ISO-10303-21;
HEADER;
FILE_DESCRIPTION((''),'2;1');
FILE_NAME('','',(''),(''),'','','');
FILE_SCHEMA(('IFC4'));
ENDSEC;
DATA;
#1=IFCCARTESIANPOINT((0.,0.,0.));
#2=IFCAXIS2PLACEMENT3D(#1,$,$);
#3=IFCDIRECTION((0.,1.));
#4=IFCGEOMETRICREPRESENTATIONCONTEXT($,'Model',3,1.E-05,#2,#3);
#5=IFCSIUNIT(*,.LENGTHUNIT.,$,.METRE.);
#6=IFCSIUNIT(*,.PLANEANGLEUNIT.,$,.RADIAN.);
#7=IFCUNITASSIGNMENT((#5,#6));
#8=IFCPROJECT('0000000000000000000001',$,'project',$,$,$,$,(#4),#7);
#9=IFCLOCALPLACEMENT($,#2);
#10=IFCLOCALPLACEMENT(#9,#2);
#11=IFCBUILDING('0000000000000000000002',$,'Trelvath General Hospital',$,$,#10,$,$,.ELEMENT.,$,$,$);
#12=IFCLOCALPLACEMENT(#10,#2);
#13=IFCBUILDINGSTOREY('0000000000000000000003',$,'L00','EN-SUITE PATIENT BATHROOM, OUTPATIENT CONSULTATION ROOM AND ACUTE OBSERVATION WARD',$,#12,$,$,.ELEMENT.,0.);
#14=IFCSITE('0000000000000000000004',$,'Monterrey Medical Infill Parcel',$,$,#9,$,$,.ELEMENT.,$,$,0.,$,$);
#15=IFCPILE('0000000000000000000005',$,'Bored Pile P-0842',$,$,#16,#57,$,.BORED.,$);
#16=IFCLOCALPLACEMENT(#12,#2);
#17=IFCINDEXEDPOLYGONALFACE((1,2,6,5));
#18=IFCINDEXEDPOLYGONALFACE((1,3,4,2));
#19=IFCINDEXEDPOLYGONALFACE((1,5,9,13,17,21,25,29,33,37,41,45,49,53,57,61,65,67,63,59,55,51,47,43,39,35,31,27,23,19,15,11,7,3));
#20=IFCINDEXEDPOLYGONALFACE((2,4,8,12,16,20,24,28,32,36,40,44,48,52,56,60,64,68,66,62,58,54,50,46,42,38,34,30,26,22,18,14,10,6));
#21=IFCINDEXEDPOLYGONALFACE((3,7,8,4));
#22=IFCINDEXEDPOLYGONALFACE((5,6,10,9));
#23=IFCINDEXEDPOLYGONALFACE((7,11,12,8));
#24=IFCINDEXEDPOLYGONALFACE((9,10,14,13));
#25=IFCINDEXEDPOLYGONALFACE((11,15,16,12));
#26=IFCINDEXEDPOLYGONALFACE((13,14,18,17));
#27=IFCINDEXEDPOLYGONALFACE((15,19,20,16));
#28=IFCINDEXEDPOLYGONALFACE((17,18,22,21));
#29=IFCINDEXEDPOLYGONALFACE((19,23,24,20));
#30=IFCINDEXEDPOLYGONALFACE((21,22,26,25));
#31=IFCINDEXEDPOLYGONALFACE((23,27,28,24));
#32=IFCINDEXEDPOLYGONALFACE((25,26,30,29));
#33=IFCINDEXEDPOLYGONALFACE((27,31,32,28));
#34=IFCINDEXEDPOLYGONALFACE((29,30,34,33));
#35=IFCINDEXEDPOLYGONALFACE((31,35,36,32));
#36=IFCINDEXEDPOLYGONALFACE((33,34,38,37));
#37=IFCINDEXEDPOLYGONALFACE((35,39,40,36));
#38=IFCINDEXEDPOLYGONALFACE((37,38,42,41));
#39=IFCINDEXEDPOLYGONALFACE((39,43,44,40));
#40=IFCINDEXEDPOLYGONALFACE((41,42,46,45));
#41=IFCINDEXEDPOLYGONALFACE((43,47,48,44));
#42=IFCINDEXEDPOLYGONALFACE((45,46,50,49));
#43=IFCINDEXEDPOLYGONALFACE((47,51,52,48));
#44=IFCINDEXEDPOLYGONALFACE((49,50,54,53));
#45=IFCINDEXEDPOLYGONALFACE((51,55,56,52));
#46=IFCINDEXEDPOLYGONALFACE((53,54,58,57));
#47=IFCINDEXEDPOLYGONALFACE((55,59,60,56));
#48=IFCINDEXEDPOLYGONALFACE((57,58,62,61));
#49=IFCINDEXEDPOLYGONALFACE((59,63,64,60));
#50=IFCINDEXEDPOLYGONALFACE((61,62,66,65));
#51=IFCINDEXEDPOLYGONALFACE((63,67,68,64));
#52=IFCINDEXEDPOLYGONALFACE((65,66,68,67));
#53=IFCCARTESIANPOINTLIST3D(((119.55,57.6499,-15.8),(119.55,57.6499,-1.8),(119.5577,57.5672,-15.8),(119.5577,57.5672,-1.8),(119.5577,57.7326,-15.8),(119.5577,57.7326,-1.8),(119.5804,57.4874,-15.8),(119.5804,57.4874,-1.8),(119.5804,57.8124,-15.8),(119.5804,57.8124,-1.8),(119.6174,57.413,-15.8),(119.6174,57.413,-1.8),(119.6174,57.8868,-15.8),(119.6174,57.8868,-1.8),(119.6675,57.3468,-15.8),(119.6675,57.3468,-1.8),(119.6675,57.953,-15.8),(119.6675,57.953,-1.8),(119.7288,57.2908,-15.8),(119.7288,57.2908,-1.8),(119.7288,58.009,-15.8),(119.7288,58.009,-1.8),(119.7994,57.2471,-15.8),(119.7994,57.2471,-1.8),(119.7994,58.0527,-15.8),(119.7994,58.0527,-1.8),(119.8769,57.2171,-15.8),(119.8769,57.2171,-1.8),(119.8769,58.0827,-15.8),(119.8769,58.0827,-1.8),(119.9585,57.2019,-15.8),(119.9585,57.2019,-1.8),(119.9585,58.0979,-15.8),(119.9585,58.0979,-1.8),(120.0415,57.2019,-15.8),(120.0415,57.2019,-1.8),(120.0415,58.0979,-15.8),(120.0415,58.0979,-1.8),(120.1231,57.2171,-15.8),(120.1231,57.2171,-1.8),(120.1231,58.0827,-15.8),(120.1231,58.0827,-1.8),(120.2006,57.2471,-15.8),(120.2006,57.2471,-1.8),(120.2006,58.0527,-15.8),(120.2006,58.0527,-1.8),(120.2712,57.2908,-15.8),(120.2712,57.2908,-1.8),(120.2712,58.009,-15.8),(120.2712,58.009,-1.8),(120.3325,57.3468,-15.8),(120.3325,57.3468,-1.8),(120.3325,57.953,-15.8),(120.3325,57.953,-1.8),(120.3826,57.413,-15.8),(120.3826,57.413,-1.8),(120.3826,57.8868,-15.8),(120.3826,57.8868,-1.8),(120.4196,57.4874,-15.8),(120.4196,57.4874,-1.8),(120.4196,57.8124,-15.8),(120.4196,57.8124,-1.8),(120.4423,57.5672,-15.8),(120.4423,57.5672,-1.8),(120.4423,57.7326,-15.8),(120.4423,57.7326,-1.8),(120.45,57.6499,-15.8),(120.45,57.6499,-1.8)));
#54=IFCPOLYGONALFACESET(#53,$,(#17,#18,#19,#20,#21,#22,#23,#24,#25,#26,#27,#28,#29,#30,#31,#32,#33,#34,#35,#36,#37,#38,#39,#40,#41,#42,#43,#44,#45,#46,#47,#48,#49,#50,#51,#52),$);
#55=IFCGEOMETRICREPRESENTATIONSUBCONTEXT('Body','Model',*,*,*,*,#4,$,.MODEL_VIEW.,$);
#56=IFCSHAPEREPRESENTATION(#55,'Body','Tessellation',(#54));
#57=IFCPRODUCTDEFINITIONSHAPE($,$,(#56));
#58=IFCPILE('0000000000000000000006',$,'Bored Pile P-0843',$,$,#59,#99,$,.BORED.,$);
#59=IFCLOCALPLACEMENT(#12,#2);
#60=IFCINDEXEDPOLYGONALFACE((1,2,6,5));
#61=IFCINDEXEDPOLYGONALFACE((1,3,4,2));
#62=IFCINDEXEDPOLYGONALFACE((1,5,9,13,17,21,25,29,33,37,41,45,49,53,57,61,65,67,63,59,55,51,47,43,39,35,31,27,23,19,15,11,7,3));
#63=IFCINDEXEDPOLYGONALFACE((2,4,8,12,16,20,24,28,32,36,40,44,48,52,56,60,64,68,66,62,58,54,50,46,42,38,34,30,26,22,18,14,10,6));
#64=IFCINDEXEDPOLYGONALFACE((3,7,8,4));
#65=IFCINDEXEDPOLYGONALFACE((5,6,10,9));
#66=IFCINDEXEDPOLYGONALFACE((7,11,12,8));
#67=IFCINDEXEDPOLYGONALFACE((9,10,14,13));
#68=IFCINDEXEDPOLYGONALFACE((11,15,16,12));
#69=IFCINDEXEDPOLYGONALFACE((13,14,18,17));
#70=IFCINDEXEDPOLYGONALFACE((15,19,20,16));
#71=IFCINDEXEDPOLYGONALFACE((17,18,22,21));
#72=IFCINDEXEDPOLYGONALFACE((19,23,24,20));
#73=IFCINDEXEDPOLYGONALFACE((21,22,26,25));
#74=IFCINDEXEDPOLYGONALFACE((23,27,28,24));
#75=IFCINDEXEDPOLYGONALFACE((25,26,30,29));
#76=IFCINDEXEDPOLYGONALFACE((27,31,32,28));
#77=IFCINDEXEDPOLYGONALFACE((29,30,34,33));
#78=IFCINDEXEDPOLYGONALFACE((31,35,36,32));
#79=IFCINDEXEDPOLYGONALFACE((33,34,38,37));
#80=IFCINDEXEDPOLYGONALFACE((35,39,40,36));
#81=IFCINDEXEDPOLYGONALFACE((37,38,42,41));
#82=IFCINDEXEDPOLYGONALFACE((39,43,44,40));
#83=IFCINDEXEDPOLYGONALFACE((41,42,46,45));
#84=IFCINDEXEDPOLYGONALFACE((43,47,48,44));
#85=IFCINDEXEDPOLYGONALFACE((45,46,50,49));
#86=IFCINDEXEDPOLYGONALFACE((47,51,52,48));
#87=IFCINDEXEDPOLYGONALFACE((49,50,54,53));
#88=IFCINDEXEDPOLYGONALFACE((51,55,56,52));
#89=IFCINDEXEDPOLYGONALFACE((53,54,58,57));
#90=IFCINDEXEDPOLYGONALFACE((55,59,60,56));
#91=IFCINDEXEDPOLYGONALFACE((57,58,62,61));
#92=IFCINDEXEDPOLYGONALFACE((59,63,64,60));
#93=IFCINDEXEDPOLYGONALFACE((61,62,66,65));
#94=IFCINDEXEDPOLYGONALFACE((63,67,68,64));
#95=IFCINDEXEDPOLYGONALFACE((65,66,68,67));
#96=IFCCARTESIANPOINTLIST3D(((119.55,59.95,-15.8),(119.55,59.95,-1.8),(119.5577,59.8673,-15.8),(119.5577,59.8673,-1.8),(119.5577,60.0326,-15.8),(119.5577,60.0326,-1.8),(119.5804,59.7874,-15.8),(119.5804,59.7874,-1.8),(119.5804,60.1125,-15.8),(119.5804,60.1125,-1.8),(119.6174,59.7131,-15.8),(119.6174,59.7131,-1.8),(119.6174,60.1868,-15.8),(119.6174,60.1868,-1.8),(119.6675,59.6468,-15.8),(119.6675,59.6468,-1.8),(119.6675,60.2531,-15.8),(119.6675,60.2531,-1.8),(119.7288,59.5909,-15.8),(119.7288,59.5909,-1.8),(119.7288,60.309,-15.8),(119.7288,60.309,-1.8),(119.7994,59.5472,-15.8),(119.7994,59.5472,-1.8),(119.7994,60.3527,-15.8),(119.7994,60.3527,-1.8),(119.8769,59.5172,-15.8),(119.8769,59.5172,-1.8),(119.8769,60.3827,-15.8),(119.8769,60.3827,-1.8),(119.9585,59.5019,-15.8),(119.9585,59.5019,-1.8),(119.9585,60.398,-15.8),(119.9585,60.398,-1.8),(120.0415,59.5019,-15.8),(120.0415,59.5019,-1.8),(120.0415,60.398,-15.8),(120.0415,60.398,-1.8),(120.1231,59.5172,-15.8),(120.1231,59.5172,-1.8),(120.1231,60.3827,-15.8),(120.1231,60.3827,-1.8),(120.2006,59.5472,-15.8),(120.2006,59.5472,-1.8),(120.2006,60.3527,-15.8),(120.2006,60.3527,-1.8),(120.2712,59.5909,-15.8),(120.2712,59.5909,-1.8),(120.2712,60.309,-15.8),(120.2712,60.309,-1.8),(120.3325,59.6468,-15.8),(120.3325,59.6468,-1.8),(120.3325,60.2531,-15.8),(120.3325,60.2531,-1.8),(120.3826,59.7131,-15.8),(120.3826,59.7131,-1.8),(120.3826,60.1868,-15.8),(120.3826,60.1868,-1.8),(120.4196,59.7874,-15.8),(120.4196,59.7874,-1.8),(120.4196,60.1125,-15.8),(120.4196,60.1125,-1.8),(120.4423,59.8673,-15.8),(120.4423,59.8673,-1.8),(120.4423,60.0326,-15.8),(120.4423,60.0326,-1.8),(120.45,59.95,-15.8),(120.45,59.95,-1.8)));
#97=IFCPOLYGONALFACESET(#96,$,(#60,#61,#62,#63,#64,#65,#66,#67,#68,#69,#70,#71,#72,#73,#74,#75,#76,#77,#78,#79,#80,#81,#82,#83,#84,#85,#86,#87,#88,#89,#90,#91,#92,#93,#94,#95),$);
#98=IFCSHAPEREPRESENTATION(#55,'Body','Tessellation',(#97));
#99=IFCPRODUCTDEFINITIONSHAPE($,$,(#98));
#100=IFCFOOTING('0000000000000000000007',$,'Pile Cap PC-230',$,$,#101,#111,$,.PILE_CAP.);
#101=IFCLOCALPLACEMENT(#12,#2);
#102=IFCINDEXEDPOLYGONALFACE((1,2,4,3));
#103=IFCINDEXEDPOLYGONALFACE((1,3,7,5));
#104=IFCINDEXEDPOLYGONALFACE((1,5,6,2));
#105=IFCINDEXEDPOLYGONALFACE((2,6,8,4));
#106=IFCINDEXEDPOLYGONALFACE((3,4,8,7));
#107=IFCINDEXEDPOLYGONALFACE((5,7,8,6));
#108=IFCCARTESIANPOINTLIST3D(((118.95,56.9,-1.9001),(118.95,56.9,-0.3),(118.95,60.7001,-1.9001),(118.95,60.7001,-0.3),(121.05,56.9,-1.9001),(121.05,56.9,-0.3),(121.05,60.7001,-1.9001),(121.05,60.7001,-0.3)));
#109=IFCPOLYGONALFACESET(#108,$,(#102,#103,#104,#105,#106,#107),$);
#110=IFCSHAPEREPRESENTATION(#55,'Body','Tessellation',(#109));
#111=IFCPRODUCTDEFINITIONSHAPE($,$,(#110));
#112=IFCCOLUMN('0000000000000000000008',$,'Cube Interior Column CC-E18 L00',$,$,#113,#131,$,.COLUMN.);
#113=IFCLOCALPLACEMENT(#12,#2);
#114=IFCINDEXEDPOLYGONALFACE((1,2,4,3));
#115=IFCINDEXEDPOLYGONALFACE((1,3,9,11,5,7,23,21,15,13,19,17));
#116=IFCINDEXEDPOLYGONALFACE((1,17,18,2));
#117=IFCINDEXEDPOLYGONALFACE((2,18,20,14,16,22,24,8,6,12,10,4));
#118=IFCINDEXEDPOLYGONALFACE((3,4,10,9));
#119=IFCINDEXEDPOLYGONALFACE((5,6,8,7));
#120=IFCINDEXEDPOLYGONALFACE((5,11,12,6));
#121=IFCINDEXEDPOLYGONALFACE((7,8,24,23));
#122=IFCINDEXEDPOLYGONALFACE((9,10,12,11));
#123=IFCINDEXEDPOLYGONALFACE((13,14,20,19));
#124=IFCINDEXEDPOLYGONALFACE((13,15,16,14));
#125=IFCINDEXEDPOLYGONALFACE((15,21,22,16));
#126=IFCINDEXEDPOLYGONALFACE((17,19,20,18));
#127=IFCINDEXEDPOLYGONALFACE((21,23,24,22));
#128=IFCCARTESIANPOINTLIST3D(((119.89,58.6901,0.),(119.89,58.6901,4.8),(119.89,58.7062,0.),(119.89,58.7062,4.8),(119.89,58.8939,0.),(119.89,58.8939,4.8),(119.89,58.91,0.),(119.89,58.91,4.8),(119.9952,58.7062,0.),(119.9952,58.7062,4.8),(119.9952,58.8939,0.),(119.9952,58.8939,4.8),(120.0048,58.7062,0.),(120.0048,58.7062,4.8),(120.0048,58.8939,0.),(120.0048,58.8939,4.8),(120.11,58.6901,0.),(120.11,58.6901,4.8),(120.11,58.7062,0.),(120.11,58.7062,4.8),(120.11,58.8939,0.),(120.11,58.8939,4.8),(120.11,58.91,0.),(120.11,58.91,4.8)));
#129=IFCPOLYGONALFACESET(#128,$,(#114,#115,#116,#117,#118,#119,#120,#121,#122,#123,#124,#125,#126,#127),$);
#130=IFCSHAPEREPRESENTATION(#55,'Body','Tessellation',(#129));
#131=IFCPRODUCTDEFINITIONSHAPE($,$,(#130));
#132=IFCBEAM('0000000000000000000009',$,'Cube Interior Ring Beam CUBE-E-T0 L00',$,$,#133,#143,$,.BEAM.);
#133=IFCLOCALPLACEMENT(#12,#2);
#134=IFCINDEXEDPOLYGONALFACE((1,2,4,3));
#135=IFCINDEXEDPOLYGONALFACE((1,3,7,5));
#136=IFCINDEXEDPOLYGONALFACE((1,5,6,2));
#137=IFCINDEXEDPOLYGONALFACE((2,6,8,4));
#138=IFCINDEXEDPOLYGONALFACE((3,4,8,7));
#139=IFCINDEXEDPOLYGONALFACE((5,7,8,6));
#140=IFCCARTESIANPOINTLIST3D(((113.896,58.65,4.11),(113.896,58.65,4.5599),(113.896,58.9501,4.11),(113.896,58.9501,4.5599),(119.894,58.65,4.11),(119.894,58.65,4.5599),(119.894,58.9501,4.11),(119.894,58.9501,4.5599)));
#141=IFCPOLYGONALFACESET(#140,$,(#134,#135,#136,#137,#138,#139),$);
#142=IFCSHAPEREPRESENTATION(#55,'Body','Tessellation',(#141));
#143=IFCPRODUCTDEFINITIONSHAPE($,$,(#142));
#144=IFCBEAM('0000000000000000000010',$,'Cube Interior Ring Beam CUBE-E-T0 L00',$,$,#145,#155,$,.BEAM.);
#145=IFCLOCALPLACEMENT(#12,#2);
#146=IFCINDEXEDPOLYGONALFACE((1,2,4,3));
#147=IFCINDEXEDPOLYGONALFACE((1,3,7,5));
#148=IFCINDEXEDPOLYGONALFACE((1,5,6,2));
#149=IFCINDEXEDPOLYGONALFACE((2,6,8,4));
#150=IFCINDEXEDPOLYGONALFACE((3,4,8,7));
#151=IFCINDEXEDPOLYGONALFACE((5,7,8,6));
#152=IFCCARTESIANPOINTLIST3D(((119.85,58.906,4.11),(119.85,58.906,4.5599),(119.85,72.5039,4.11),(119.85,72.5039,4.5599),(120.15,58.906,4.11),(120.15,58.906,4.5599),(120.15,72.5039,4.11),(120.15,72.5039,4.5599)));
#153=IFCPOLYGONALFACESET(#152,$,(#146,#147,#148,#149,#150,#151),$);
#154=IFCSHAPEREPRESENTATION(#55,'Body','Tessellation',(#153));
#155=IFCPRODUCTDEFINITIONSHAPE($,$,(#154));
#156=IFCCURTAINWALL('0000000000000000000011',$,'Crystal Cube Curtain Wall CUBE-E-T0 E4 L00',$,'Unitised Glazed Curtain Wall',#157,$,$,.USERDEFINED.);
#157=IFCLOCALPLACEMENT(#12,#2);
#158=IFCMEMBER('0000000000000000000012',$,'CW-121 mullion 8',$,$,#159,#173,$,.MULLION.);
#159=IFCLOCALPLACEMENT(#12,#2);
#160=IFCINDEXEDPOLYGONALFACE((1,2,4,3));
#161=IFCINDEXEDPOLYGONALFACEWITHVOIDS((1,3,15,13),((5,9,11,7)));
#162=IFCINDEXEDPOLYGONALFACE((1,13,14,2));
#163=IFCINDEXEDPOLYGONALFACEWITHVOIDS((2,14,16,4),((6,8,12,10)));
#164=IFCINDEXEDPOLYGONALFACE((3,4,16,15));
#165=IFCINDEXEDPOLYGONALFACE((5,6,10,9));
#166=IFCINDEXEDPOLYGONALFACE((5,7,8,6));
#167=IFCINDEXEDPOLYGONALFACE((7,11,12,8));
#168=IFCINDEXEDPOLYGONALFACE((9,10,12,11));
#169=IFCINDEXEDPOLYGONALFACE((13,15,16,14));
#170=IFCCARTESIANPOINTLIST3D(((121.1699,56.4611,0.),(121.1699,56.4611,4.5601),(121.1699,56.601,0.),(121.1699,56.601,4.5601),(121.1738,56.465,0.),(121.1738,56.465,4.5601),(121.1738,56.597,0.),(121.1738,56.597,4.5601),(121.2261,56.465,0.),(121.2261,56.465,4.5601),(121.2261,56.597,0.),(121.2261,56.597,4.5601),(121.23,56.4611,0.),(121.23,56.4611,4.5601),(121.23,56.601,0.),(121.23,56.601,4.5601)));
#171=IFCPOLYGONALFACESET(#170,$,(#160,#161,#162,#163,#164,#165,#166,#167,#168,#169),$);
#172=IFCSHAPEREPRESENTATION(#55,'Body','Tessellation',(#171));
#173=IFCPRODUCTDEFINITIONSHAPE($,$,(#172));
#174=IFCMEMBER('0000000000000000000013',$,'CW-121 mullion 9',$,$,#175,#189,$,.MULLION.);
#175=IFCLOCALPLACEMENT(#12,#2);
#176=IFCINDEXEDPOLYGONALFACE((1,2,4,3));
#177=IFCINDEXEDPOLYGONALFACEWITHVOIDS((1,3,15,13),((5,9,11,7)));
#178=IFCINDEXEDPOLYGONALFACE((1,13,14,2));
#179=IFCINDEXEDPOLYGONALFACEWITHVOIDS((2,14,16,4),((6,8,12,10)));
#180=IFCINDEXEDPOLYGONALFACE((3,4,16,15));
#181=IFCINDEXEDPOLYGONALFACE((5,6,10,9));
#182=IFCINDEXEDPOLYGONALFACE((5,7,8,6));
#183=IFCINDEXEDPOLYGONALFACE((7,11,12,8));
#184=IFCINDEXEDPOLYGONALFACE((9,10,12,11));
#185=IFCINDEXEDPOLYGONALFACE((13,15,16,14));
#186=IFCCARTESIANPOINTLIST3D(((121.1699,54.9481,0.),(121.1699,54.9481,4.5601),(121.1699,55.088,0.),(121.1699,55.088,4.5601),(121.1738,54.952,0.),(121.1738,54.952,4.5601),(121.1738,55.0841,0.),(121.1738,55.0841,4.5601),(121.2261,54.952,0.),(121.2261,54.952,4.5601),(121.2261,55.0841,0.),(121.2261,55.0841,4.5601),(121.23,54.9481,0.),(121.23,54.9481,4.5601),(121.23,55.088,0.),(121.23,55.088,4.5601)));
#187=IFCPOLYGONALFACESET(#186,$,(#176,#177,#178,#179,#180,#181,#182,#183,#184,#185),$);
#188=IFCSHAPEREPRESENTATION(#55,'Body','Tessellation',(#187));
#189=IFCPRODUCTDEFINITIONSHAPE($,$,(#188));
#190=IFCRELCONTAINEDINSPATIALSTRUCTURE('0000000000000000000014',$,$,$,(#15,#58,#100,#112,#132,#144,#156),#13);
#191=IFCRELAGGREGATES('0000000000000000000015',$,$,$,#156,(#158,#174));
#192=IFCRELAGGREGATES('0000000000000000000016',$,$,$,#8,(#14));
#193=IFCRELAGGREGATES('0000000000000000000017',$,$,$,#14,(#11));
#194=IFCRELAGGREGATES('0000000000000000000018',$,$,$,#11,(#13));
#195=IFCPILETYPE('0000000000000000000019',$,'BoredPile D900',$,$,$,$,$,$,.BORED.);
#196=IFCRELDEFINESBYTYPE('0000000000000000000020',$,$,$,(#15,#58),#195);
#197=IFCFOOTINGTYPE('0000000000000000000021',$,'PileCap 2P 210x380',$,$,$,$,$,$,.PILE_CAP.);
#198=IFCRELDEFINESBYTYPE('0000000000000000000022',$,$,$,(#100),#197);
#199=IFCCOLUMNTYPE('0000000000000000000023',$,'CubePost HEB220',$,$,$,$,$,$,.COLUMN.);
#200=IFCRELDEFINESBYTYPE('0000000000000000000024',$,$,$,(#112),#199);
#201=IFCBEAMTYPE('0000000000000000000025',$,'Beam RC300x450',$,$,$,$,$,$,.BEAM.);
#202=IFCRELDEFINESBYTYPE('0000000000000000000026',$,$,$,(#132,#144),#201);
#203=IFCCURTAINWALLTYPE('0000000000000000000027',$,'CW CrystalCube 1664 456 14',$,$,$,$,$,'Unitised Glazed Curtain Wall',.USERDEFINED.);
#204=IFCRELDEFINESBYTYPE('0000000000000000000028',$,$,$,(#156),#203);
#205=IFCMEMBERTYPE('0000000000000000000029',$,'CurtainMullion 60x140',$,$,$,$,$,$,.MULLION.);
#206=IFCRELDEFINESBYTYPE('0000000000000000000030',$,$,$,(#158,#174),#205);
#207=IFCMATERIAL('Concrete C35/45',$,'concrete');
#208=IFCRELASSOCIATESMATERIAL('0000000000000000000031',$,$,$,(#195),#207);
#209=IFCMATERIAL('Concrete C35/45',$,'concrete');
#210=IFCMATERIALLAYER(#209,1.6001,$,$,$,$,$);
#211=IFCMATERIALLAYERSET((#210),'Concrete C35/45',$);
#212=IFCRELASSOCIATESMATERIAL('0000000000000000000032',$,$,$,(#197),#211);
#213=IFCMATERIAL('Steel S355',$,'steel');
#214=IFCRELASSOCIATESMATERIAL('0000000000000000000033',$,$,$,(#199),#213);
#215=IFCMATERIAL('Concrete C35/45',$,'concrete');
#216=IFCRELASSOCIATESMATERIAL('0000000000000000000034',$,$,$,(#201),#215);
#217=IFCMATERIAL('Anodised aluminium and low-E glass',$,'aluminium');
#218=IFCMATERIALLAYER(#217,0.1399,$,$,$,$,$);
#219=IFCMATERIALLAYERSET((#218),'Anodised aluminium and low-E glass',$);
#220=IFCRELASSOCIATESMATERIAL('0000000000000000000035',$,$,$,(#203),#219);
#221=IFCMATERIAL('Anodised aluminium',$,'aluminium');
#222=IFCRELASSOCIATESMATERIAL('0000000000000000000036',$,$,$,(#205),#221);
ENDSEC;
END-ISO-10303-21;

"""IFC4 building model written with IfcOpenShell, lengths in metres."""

from ifc_helpers import new_model, si_unit, direction, frame, origin, origin_2d, place, context, subcontext, project, spatial, rectangle, hollow_rectangle, circle, i_section, extrude, material, layer, layer_set, material_profile, profile_set, type_object, element, aggregate, save


model = new_model("IFC4")

# Units and contexts
model_context = context("Model", 3, precision=1e-05, world=origin(), true_north=direction((0.0, 1.0)))
body_context = subcontext(model_context, "Body", "Model", "MODEL_VIEW")
ifc_project = project(units=[si_unit("LENGTHUNIT", "METRE"), si_unit("PLANEANGLEUNIT", "RADIAN")], contexts=[model_context])

# Site, building, storey
site_placement = place(None, origin())
site = spatial("IfcSite", under=ifc_project, at=site_placement, Name="Monterrey Medical Infill Parcel", CompositionType="ELEMENT", RefElevation=0.0)
building_placement = place(site_placement, origin())
building = spatial("IfcBuilding", under=site, at=building_placement, Name="Trelvath General Hospital", CompositionType="ELEMENT")
storey_placement = place(building_placement, origin())
storey = spatial("IfcBuildingStorey", under=building, at=storey_placement, Name="L00", Description="EN-SUITE PATIENT BATHROOM, OUTPATIENT CONSULTATION ROOM AND ACUTE OBSERVATION WARD", CompositionType="ELEMENT", Elevation=0.0)

# Piles
ifc_material_1 = material(Name="Concrete C35/45", Category="concrete")
ifc_material_profile_1 = material_profile(ifc_material_1, circle(Radius=0.45, at=origin_2d()), Name="PILE900")
ifc_profile_set_1 = profile_set([ifc_material_profile_1], Name="Concrete C35/45")
pile_type = type_object("IfcPileType", Name="BoredPile D900", PredefinedType="BORED", material=ifc_profile_set_1)
for number, where, z_axis, x_axis, name in (
    (1, (120.0, 57.6499, -1.8), (0.0, 0.0, -1.0), (1.0, 0.0, 0.0), "Bored Pile P-0842"),
    (2, (120.0, 59.95, -1.8), (0.0, 0.0, -1.0), (1.0, 0.0, 0.0), "Bored Pile P-0843"),
):
    element("IfcPile", number, at=place(storey_placement, frame(where, z_axis=z_axis, x_axis=x_axis)), inside=storey, type_object=pile_type, Name=name, PredefinedType="BORED", context=body_context, shape_type="SweptSolid", body=[
        extrude(circle(Radius=0.45, at=origin_2d()), origin(), (0.0, 0.0, 1.0), 14.0),
    ])

# Footing
ifc_material_2 = material(Name="Concrete C35/45", Category="concrete")
ifc_layer_1 = layer(ifc_material_2, 1.6001)
ifc_layer_set_1 = layer_set([ifc_layer_1], Name="Concrete C35/45")
footing_type = type_object("IfcFootingType", Name="PileCap 2P 210x380", PredefinedType="PILE_CAP", material=ifc_layer_set_1)
footing_placement = place(storey_placement, frame((120.0, 58.8, -1.9001), z_axis=(0.0, 0.0, 1.0), x_axis=(1.0, 0.0, 0.0)))
element("IfcFooting", 3, at=footing_placement, inside=storey, type_object=footing_type, Name="Pile Cap PC-230", PredefinedType="PILE_CAP", context=body_context, shape_type="SweptSolid", body=[
    extrude(rectangle(XDim=2.1001, YDim=3.8, at=origin_2d()), origin(), (0.0, 0.0, 1.0), 1.6001),
])

# Column
ifc_material_3 = material(Name="Steel S355", Category="steel")
ifc_material_profile_2 = material_profile(ifc_material_3, i_section(OverallWidth=0.22, OverallDepth=0.22, WebThickness=0.0095, FlangeThickness=0.0161, at=origin_2d()), Name="HEB220")
ifc_profile_set_2 = profile_set([ifc_material_profile_2], Name="Steel S355")
column_type = type_object("IfcColumnType", Name="CubePost HEB220", PredefinedType="COLUMN", material=ifc_profile_set_2)
column_placement = place(storey_placement, frame((120.0, 58.8, 0.0), z_axis=(0.0, 0.0, 1.0), x_axis=(1.0, 0.0, 0.0)))
element("IfcColumn", 4, at=column_placement, inside=storey, type_object=column_type, Name="Cube Interior Column CC-E18 L00", PredefinedType="COLUMN", context=body_context, shape_type="SweptSolid", body=[
    extrude(i_section(OverallWidth=0.22, OverallDepth=0.22, WebThickness=0.0095, FlangeThickness=0.0161, at=origin_2d()), origin(), (0.0, 0.0, 1.0), 4.8),
])

# Beams
ifc_material_4 = material(Name="Concrete C35/45", Category="concrete")
ifc_material_profile_3 = material_profile(ifc_material_4, rectangle(XDim=0.3, YDim=0.45, at=origin_2d()), Name="RCB300x450")
ifc_profile_set_3 = profile_set([ifc_material_profile_3], Name="Concrete C35/45")
beam_type = type_object("IfcBeamType", Name="Beam RC300x450", PredefinedType="BEAM", material=ifc_profile_set_3)
beam_1_placement = place(storey_placement, frame((113.896, 58.8, 4.335), z_axis=(1.0, 0.0, 0.0), x_axis=(0.0, 1.0, 0.0)))
element("IfcBeam", 5, at=beam_1_placement, inside=storey, type_object=beam_type, Name="Cube Interior Ring Beam CUBE-E-T0 L00", PredefinedType="BEAM", context=body_context, shape_type="SweptSolid", body=[
    extrude(rectangle(XDim=0.3, YDim=0.45, at=origin_2d()), origin(), (0.0, 0.0, 1.0), 5.998),
])
beam_2_placement = place(storey_placement, frame((120.0, 58.906, 4.335), z_axis=(0.0, 1.0, 0.0), x_axis=(-1.0, 0.0, 0.0)))
element("IfcBeam", 6, at=beam_2_placement, inside=storey, type_object=beam_type, Name="Cube Interior Ring Beam CUBE-E-T0 L00", PredefinedType="BEAM", context=body_context, shape_type="SweptSolid", body=[
    extrude(rectangle(XDim=0.3, YDim=0.45, at=origin_2d()), origin(), (0.0, 0.0, 1.0), 13.5979),
])

# Curtain wall, members
ifc_material_5 = material(Name="Anodised aluminium and low-E glass", Category="aluminium")
ifc_layer_2 = layer(ifc_material_5, 0.1399)
ifc_layer_set_2 = layer_set([ifc_layer_2], Name="Anodised aluminium and low-E glass")
curtain_wall_type = type_object("IfcCurtainWallType", Name="CW CrystalCube 1664 456 14", ElementType="Unitised Glazed Curtain Wall", PredefinedType="USERDEFINED", material=ifc_layer_set_2)
curtain_wall_placement = place(storey_placement, origin())
curtain_wall = element("IfcCurtainWall", 7, at=curtain_wall_placement, inside=storey, type_object=curtain_wall_type, Name="Crystal Cube Curtain Wall CUBE-E-T0 E4 L00", ObjectType="Unitised Glazed Curtain Wall", PredefinedType="USERDEFINED")
ifc_material_6 = material(Name="Anodised aluminium", Category="aluminium")
ifc_material_profile_4 = material_profile(ifc_material_6, hollow_rectangle(XDim=0.0601, YDim=0.1399, WallThickness=0.0039, at=origin_2d()), Name="RHS60x140x4")
ifc_profile_set_4 = profile_set([ifc_material_profile_4], Name="Anodised aluminium")
member_type_1 = type_object("IfcMemberType", Name="CurtainMullion 60x140", PredefinedType="MULLION", material=ifc_profile_set_4)
member_1_placement = place(storey_placement, frame((121.2, 56.531, 0.0), z_axis=(0.0, 0.0, 1.0), x_axis=(1.0, 0.0, 0.0)))
member_1 = element("IfcMember", 8, at=member_1_placement, type_object=member_type_1, Name="CW-121 mullion 8", PredefinedType="MULLION", context=body_context, shape_type="SweptSolid", body=[
    extrude(hollow_rectangle(XDim=0.0601, YDim=0.1399, WallThickness=0.0039, at=origin_2d()), origin(), (0.0, 0.0, 1.0), 4.5601),
])
member_2_placement = place(storey_placement, frame((121.2, 55.0181, 0.0), z_axis=(0.0, 0.0, 1.0), x_axis=(1.0, 0.0, 0.0)))
member_2 = element("IfcMember", 9, at=member_2_placement, type_object=member_type_1, Name="CW-121 mullion 9", PredefinedType="MULLION", context=body_context, shape_type="SweptSolid", body=[
    extrude(hollow_rectangle(XDim=0.0601, YDim=0.1399, WallThickness=0.0039, at=origin_2d()), origin(), (0.0, 0.0, 1.0), 4.5601),
])
aggregate(curtain_wall, [member_1, member_2])

save(model, "model.ifc")
